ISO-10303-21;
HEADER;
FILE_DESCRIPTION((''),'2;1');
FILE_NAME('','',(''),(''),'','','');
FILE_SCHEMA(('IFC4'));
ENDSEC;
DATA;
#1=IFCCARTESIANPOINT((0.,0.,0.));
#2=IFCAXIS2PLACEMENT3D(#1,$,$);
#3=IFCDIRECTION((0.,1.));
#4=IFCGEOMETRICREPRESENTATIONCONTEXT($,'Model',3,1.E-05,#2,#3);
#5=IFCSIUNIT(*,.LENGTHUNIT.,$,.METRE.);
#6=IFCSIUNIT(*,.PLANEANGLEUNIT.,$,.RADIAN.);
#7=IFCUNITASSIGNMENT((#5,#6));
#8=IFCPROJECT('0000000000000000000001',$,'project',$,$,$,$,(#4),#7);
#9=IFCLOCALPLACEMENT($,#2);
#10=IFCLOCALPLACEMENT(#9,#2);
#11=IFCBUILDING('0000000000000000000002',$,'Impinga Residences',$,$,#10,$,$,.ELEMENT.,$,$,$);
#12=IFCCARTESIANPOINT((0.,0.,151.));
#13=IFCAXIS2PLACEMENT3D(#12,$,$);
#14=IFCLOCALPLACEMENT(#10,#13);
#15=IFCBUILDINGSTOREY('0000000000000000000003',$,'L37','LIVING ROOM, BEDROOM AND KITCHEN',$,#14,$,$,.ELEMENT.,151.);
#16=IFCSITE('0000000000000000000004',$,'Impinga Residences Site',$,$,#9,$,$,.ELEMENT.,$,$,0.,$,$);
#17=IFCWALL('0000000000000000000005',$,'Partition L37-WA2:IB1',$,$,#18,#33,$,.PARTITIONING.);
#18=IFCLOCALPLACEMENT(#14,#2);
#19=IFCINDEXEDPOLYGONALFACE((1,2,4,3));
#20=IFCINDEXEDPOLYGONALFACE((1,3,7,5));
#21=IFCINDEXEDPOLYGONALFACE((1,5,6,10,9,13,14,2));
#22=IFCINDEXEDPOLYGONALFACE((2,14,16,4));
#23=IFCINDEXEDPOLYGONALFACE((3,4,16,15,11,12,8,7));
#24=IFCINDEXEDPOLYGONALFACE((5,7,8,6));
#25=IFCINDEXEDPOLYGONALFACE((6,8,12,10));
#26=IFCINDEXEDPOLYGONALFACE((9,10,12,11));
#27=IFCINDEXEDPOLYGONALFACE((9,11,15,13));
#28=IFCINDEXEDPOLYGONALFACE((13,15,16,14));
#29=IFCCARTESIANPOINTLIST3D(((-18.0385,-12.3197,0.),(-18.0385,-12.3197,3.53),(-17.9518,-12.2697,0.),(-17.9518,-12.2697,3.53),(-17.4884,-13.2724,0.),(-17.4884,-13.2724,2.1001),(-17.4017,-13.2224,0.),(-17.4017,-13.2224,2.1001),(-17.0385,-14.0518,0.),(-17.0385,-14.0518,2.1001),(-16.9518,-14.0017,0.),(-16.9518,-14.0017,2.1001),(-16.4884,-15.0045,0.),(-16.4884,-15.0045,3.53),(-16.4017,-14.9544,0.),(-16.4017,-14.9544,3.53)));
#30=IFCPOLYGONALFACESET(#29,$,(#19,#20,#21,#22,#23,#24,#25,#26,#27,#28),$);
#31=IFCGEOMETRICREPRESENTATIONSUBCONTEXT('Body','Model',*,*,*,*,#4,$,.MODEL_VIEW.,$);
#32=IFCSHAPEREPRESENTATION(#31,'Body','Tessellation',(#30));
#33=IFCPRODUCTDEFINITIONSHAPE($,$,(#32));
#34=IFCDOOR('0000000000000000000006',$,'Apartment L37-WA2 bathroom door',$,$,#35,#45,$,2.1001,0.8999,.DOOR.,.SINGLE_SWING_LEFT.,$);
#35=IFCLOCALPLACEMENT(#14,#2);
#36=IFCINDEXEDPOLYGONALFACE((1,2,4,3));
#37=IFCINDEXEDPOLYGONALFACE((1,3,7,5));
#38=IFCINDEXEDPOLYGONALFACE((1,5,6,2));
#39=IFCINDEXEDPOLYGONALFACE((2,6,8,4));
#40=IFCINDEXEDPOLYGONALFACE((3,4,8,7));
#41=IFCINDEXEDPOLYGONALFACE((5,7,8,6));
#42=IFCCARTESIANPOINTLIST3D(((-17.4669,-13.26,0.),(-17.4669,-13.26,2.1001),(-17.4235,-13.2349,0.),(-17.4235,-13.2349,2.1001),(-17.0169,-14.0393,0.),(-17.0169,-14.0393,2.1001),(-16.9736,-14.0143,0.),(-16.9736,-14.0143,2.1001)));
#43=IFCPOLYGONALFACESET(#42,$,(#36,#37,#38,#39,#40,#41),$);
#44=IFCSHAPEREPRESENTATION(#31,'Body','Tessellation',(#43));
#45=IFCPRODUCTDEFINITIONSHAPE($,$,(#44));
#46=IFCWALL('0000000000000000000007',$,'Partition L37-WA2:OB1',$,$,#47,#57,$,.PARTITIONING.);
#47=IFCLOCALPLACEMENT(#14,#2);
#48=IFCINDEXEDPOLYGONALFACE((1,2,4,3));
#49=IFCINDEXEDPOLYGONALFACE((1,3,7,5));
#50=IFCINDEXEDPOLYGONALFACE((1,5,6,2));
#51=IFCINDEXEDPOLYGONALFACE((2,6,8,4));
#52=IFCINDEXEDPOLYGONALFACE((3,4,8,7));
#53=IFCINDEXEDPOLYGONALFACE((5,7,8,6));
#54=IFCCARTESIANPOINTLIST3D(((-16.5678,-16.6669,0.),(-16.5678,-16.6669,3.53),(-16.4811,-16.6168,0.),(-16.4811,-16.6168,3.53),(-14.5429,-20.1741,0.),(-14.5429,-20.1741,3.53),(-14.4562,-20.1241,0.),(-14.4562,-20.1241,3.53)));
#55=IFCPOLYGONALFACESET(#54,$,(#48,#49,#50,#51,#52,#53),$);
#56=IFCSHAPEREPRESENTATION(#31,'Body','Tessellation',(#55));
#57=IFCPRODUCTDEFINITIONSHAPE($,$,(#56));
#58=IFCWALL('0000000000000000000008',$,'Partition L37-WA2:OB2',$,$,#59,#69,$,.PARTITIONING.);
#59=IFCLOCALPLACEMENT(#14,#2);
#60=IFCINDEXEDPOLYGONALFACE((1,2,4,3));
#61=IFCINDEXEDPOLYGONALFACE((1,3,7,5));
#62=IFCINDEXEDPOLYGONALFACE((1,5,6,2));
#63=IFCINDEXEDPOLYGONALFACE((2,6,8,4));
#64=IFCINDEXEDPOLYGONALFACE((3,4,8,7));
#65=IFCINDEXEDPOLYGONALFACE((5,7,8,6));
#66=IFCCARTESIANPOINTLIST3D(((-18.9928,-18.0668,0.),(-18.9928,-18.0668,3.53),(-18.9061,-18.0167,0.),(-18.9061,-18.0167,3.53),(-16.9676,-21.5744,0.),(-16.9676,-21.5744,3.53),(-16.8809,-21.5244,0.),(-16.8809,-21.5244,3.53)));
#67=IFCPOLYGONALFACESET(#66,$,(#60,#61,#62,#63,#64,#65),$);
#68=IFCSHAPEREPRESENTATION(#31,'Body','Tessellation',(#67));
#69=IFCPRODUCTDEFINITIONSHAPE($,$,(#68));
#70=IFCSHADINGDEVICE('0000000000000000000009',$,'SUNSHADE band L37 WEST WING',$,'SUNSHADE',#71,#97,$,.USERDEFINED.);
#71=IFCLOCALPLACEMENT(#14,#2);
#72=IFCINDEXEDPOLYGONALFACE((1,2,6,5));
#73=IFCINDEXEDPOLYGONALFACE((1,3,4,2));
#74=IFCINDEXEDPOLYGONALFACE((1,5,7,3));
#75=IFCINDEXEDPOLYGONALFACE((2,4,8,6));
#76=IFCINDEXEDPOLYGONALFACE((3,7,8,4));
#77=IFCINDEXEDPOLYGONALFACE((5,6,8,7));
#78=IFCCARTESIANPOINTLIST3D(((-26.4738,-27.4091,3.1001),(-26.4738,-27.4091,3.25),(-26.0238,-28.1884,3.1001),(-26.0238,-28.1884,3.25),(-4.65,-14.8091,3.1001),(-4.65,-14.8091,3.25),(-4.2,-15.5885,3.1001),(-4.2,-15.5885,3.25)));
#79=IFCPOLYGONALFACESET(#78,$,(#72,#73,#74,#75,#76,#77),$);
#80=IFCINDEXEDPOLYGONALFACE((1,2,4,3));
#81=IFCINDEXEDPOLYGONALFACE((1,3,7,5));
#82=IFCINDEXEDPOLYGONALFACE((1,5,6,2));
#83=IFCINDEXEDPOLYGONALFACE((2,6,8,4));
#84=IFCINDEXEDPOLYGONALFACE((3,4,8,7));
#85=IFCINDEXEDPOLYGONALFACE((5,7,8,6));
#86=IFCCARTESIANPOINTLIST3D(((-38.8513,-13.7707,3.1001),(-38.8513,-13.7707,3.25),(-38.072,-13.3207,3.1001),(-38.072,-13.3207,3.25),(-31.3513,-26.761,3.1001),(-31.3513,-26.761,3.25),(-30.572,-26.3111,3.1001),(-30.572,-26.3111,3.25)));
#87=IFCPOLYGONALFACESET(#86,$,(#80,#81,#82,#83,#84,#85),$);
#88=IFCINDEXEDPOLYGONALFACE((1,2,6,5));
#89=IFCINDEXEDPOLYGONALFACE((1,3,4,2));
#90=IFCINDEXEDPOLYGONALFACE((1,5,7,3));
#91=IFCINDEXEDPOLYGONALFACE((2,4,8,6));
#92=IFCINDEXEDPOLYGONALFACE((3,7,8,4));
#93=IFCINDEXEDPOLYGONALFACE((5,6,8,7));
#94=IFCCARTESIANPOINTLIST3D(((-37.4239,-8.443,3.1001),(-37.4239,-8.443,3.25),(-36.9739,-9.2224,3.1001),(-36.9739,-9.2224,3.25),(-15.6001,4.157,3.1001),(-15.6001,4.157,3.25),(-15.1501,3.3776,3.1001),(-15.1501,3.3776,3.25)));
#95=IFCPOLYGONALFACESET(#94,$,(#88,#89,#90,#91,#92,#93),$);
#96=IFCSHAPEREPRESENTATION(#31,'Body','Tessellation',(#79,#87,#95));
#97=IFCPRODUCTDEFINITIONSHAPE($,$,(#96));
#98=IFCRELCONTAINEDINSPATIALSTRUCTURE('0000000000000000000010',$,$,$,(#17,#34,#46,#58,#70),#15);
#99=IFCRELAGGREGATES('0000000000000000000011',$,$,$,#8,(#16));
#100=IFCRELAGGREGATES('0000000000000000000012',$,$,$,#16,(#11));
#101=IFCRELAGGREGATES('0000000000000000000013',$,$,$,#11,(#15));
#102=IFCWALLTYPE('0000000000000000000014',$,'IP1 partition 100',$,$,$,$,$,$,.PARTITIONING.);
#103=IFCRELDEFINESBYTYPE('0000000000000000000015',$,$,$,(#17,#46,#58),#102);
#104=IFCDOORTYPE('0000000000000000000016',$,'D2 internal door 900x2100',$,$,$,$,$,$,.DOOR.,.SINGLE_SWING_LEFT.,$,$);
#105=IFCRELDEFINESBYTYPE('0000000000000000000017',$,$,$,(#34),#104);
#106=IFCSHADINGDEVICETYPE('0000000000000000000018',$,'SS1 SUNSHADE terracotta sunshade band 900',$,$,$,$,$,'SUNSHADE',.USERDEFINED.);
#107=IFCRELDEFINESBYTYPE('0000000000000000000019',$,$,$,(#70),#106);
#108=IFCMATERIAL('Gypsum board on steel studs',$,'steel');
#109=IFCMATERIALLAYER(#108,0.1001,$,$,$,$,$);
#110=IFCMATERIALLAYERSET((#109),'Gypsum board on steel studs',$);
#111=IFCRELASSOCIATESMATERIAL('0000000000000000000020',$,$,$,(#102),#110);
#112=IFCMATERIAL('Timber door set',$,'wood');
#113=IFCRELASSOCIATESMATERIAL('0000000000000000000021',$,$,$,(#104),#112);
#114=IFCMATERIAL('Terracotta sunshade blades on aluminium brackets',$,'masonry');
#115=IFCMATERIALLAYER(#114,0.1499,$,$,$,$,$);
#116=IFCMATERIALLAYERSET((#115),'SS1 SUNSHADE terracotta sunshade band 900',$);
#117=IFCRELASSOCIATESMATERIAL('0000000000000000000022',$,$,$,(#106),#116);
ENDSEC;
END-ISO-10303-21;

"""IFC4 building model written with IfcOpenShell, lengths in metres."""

from ifc_helpers import new_model, si_unit, direction, frame, frame_2d, origin, origin_2d, place, context, subcontext, project, spatial, rectangle, extrude, material, layer, layer_set, type_object, element, fill, save


model = new_model("IFC4")

# Units and contexts
model_context = context("Model", 3, precision=1e-05, world=origin(), true_north=direction((0.0, 1.0)))
body_context = subcontext(model_context, "Body", "Model", "MODEL_VIEW")
ifc_project = project(units=[si_unit("LENGTHUNIT", "METRE"), si_unit("PLANEANGLEUNIT", "RADIAN")], contexts=[model_context])

# Site, building, storey
site_placement = place(None, origin())
site = spatial("IfcSite", under=ifc_project, at=site_placement, Name="Impinga Residences Site", CompositionType="ELEMENT", RefElevation=0.0)
building_placement = place(site_placement, origin())
building = spatial("IfcBuilding", under=site, at=building_placement, Name="Impinga Residences", CompositionType="ELEMENT")
storey_placement = place(building_placement, frame((0.0, 0.0, 151.0)))
storey = spatial("IfcBuildingStorey", under=building, at=storey_placement, Name="L37", Description="LIVING ROOM, BEDROOM AND KITCHEN", CompositionType="ELEMENT", Elevation=151.0)

# Shared definitions
ifc_material_1 = material(Name="Gypsum board on steel studs", Category="steel")
ifc_layer_1 = layer(ifc_material_1, 0.1001)
ifc_layer_set_1 = layer_set([ifc_layer_1], Name="Gypsum board on steel studs")
wall_type = type_object("IfcWallType", Name="IP1 partition 100", PredefinedType="PARTITIONING", material=ifc_layer_set_1)

# Shared definitions
ifc_material_2 = material(Name="Timber door set", Category="wood")
door_type = type_object("IfcDoorType", Name="D2 internal door 900x2100", OperationType="SINGLE_SWING_LEFT", PredefinedType="DOOR", material=ifc_material_2)

# Wall, opening, door
wall_1_placement = place(storey_placement, frame((-17.9951, -12.2947, 0.0), z_axis=(0.0, 0.0, 1.0), x_axis=(0.499993, -0.86603, 0.0)))
wall_1 = element("IfcWall", 1, at=wall_1_placement, inside=storey, type_object=wall_type, Name="Partition L37-WA2:IB1", PredefinedType="PARTITIONING", context=body_context, shape_type="SweptSolid", body=[
    extrude(rectangle(XDim=3.1001, YDim=0.1001, at=frame_2d((1.55, 0.0))), origin(), (0.0, 0.0, 1.0), 3.53),
])
opening_1_placement = place(wall_1_placement, frame((1.1001, 0.0, 0.0)))
opening_1 = element("IfcOpeningElement", 2, at=opening_1_placement, cuts=wall_1, PredefinedType="OPENING", context=body_context, shape_type="SweptSolid", body=[
    extrude(rectangle(XDim=0.8999, YDim=2.1001, at=frame_2d((0.45, 1.05))), frame((0.0, 0.0601, 0.0), z_axis=(0.0, -1.0, 0.0), x_axis=(1.0, 0.0, 0.0)), (0.0, 0.0, 1.0), 0.1201),
])
door_1_placement = place(opening_1_placement, origin())
door_1 = element("IfcDoor", 3, at=door_1_placement, inside=storey, type_object=door_type, Name="Apartment L37-WA2 bathroom door", OperationType="SINGLE_SWING_LEFT", OverallHeight=2.1001, OverallWidth=0.8999, PredefinedType="DOOR", context=body_context, shape_type="SweptSolid", body=[
    extrude(rectangle(XDim=0.8999, YDim=2.1001, at=frame_2d((0.45, 1.05))), frame((0.0, 0.0249, 0.0), z_axis=(0.0, -1.0, 0.0), x_axis=(1.0, 0.0, 0.0)), (0.0, 0.0, 1.0), 0.05),
])
fill(opening_1, door_1)

# Walls
wall_2_placement = place(storey_placement, frame((-16.5244, -16.6418, 0.0), z_axis=(0.0, 0.0, 1.0), x_axis=(0.49999, -0.866031, 0.0)))
element("IfcWall", 4, at=wall_2_placement, inside=storey, type_object=wall_type, Name="Partition L37-WA2:OB1", PredefinedType="PARTITIONING", context=body_context, shape_type="SweptSolid", body=[
    extrude(rectangle(XDim=4.0498, YDim=0.1001, at=frame_2d((2.0249, 0.0))), origin(), (0.0, 0.0, 1.0), 3.53),
])
wall_3_placement = place(storey_placement, frame((-18.9495, -18.0417, 0.0), z_axis=(0.0, 0.0, 1.0), x_axis=(0.500009, -0.86602, 0.0)))
element("IfcWall", 5, at=wall_3_placement, inside=storey, type_object=wall_type, Name="Partition L37-WA2:OB2", PredefinedType="PARTITIONING", context=body_context, shape_type="SweptSolid", body=[
    extrude(rectangle(XDim=4.0503, YDim=0.1001, at=frame_2d((2.0251, 0.0))), origin(), (0.0, 0.0, 1.0), 3.53),
])

# Shading device
ifc_material_3 = material(Name="Terracotta sunshade blades on aluminium brackets", Category="masonry")
ifc_layer_2 = layer(ifc_material_3, 0.1499)
ifc_layer_set_2 = layer_set([ifc_layer_2], Name="SS1 SUNSHADE terracotta sunshade band 900")
shading_device_type = type_object("IfcShadingDeviceType", Name="SS1 SUNSHADE terracotta sunshade band 900", ElementType="SUNSHADE", PredefinedType="USERDEFINED", material=ifc_layer_set_2)
shading_device_placement = place(storey_placement, frame((-15.3369, -21.4988, 3.1001), z_axis=(0.0, 0.0, 1.0), x_axis=(-0.866025, -0.5, 0.0)))
element("IfcShadingDevice", 6, at=shading_device_placement, inside=storey, type_object=shading_device_type, Name="SUNSHADE band L37 WEST WING", ObjectType="SUNSHADE", PredefinedType="USERDEFINED", context=body_context, shape_type="SweptSolid", body=[
    extrude(rectangle(XDim=25.2, YDim=0.8999, at=origin_2d()), origin(), (0.0, 0.0, 1.0), 0.1499),
    extrude(rectangle(XDim=15.0, YDim=0.8999, at=origin_2d()), frame((16.05, -10.95, 0.0), z_axis=(0.0, 0.0, 1.0), x_axis=(0.0, -1.0, 0.0)), (0.0, 0.0, 1.0), 0.1499),
    extrude(rectangle(XDim=25.2, YDim=0.8999, at=origin_2d()), frame((0.0, -21.9001, 0.0), z_axis=(0.0, 0.0, 1.0), x_axis=(-1.0, 0.0, 0.0)), (0.0, 0.0, 1.0), 0.1499),
])

save(model, "model.ifc")
